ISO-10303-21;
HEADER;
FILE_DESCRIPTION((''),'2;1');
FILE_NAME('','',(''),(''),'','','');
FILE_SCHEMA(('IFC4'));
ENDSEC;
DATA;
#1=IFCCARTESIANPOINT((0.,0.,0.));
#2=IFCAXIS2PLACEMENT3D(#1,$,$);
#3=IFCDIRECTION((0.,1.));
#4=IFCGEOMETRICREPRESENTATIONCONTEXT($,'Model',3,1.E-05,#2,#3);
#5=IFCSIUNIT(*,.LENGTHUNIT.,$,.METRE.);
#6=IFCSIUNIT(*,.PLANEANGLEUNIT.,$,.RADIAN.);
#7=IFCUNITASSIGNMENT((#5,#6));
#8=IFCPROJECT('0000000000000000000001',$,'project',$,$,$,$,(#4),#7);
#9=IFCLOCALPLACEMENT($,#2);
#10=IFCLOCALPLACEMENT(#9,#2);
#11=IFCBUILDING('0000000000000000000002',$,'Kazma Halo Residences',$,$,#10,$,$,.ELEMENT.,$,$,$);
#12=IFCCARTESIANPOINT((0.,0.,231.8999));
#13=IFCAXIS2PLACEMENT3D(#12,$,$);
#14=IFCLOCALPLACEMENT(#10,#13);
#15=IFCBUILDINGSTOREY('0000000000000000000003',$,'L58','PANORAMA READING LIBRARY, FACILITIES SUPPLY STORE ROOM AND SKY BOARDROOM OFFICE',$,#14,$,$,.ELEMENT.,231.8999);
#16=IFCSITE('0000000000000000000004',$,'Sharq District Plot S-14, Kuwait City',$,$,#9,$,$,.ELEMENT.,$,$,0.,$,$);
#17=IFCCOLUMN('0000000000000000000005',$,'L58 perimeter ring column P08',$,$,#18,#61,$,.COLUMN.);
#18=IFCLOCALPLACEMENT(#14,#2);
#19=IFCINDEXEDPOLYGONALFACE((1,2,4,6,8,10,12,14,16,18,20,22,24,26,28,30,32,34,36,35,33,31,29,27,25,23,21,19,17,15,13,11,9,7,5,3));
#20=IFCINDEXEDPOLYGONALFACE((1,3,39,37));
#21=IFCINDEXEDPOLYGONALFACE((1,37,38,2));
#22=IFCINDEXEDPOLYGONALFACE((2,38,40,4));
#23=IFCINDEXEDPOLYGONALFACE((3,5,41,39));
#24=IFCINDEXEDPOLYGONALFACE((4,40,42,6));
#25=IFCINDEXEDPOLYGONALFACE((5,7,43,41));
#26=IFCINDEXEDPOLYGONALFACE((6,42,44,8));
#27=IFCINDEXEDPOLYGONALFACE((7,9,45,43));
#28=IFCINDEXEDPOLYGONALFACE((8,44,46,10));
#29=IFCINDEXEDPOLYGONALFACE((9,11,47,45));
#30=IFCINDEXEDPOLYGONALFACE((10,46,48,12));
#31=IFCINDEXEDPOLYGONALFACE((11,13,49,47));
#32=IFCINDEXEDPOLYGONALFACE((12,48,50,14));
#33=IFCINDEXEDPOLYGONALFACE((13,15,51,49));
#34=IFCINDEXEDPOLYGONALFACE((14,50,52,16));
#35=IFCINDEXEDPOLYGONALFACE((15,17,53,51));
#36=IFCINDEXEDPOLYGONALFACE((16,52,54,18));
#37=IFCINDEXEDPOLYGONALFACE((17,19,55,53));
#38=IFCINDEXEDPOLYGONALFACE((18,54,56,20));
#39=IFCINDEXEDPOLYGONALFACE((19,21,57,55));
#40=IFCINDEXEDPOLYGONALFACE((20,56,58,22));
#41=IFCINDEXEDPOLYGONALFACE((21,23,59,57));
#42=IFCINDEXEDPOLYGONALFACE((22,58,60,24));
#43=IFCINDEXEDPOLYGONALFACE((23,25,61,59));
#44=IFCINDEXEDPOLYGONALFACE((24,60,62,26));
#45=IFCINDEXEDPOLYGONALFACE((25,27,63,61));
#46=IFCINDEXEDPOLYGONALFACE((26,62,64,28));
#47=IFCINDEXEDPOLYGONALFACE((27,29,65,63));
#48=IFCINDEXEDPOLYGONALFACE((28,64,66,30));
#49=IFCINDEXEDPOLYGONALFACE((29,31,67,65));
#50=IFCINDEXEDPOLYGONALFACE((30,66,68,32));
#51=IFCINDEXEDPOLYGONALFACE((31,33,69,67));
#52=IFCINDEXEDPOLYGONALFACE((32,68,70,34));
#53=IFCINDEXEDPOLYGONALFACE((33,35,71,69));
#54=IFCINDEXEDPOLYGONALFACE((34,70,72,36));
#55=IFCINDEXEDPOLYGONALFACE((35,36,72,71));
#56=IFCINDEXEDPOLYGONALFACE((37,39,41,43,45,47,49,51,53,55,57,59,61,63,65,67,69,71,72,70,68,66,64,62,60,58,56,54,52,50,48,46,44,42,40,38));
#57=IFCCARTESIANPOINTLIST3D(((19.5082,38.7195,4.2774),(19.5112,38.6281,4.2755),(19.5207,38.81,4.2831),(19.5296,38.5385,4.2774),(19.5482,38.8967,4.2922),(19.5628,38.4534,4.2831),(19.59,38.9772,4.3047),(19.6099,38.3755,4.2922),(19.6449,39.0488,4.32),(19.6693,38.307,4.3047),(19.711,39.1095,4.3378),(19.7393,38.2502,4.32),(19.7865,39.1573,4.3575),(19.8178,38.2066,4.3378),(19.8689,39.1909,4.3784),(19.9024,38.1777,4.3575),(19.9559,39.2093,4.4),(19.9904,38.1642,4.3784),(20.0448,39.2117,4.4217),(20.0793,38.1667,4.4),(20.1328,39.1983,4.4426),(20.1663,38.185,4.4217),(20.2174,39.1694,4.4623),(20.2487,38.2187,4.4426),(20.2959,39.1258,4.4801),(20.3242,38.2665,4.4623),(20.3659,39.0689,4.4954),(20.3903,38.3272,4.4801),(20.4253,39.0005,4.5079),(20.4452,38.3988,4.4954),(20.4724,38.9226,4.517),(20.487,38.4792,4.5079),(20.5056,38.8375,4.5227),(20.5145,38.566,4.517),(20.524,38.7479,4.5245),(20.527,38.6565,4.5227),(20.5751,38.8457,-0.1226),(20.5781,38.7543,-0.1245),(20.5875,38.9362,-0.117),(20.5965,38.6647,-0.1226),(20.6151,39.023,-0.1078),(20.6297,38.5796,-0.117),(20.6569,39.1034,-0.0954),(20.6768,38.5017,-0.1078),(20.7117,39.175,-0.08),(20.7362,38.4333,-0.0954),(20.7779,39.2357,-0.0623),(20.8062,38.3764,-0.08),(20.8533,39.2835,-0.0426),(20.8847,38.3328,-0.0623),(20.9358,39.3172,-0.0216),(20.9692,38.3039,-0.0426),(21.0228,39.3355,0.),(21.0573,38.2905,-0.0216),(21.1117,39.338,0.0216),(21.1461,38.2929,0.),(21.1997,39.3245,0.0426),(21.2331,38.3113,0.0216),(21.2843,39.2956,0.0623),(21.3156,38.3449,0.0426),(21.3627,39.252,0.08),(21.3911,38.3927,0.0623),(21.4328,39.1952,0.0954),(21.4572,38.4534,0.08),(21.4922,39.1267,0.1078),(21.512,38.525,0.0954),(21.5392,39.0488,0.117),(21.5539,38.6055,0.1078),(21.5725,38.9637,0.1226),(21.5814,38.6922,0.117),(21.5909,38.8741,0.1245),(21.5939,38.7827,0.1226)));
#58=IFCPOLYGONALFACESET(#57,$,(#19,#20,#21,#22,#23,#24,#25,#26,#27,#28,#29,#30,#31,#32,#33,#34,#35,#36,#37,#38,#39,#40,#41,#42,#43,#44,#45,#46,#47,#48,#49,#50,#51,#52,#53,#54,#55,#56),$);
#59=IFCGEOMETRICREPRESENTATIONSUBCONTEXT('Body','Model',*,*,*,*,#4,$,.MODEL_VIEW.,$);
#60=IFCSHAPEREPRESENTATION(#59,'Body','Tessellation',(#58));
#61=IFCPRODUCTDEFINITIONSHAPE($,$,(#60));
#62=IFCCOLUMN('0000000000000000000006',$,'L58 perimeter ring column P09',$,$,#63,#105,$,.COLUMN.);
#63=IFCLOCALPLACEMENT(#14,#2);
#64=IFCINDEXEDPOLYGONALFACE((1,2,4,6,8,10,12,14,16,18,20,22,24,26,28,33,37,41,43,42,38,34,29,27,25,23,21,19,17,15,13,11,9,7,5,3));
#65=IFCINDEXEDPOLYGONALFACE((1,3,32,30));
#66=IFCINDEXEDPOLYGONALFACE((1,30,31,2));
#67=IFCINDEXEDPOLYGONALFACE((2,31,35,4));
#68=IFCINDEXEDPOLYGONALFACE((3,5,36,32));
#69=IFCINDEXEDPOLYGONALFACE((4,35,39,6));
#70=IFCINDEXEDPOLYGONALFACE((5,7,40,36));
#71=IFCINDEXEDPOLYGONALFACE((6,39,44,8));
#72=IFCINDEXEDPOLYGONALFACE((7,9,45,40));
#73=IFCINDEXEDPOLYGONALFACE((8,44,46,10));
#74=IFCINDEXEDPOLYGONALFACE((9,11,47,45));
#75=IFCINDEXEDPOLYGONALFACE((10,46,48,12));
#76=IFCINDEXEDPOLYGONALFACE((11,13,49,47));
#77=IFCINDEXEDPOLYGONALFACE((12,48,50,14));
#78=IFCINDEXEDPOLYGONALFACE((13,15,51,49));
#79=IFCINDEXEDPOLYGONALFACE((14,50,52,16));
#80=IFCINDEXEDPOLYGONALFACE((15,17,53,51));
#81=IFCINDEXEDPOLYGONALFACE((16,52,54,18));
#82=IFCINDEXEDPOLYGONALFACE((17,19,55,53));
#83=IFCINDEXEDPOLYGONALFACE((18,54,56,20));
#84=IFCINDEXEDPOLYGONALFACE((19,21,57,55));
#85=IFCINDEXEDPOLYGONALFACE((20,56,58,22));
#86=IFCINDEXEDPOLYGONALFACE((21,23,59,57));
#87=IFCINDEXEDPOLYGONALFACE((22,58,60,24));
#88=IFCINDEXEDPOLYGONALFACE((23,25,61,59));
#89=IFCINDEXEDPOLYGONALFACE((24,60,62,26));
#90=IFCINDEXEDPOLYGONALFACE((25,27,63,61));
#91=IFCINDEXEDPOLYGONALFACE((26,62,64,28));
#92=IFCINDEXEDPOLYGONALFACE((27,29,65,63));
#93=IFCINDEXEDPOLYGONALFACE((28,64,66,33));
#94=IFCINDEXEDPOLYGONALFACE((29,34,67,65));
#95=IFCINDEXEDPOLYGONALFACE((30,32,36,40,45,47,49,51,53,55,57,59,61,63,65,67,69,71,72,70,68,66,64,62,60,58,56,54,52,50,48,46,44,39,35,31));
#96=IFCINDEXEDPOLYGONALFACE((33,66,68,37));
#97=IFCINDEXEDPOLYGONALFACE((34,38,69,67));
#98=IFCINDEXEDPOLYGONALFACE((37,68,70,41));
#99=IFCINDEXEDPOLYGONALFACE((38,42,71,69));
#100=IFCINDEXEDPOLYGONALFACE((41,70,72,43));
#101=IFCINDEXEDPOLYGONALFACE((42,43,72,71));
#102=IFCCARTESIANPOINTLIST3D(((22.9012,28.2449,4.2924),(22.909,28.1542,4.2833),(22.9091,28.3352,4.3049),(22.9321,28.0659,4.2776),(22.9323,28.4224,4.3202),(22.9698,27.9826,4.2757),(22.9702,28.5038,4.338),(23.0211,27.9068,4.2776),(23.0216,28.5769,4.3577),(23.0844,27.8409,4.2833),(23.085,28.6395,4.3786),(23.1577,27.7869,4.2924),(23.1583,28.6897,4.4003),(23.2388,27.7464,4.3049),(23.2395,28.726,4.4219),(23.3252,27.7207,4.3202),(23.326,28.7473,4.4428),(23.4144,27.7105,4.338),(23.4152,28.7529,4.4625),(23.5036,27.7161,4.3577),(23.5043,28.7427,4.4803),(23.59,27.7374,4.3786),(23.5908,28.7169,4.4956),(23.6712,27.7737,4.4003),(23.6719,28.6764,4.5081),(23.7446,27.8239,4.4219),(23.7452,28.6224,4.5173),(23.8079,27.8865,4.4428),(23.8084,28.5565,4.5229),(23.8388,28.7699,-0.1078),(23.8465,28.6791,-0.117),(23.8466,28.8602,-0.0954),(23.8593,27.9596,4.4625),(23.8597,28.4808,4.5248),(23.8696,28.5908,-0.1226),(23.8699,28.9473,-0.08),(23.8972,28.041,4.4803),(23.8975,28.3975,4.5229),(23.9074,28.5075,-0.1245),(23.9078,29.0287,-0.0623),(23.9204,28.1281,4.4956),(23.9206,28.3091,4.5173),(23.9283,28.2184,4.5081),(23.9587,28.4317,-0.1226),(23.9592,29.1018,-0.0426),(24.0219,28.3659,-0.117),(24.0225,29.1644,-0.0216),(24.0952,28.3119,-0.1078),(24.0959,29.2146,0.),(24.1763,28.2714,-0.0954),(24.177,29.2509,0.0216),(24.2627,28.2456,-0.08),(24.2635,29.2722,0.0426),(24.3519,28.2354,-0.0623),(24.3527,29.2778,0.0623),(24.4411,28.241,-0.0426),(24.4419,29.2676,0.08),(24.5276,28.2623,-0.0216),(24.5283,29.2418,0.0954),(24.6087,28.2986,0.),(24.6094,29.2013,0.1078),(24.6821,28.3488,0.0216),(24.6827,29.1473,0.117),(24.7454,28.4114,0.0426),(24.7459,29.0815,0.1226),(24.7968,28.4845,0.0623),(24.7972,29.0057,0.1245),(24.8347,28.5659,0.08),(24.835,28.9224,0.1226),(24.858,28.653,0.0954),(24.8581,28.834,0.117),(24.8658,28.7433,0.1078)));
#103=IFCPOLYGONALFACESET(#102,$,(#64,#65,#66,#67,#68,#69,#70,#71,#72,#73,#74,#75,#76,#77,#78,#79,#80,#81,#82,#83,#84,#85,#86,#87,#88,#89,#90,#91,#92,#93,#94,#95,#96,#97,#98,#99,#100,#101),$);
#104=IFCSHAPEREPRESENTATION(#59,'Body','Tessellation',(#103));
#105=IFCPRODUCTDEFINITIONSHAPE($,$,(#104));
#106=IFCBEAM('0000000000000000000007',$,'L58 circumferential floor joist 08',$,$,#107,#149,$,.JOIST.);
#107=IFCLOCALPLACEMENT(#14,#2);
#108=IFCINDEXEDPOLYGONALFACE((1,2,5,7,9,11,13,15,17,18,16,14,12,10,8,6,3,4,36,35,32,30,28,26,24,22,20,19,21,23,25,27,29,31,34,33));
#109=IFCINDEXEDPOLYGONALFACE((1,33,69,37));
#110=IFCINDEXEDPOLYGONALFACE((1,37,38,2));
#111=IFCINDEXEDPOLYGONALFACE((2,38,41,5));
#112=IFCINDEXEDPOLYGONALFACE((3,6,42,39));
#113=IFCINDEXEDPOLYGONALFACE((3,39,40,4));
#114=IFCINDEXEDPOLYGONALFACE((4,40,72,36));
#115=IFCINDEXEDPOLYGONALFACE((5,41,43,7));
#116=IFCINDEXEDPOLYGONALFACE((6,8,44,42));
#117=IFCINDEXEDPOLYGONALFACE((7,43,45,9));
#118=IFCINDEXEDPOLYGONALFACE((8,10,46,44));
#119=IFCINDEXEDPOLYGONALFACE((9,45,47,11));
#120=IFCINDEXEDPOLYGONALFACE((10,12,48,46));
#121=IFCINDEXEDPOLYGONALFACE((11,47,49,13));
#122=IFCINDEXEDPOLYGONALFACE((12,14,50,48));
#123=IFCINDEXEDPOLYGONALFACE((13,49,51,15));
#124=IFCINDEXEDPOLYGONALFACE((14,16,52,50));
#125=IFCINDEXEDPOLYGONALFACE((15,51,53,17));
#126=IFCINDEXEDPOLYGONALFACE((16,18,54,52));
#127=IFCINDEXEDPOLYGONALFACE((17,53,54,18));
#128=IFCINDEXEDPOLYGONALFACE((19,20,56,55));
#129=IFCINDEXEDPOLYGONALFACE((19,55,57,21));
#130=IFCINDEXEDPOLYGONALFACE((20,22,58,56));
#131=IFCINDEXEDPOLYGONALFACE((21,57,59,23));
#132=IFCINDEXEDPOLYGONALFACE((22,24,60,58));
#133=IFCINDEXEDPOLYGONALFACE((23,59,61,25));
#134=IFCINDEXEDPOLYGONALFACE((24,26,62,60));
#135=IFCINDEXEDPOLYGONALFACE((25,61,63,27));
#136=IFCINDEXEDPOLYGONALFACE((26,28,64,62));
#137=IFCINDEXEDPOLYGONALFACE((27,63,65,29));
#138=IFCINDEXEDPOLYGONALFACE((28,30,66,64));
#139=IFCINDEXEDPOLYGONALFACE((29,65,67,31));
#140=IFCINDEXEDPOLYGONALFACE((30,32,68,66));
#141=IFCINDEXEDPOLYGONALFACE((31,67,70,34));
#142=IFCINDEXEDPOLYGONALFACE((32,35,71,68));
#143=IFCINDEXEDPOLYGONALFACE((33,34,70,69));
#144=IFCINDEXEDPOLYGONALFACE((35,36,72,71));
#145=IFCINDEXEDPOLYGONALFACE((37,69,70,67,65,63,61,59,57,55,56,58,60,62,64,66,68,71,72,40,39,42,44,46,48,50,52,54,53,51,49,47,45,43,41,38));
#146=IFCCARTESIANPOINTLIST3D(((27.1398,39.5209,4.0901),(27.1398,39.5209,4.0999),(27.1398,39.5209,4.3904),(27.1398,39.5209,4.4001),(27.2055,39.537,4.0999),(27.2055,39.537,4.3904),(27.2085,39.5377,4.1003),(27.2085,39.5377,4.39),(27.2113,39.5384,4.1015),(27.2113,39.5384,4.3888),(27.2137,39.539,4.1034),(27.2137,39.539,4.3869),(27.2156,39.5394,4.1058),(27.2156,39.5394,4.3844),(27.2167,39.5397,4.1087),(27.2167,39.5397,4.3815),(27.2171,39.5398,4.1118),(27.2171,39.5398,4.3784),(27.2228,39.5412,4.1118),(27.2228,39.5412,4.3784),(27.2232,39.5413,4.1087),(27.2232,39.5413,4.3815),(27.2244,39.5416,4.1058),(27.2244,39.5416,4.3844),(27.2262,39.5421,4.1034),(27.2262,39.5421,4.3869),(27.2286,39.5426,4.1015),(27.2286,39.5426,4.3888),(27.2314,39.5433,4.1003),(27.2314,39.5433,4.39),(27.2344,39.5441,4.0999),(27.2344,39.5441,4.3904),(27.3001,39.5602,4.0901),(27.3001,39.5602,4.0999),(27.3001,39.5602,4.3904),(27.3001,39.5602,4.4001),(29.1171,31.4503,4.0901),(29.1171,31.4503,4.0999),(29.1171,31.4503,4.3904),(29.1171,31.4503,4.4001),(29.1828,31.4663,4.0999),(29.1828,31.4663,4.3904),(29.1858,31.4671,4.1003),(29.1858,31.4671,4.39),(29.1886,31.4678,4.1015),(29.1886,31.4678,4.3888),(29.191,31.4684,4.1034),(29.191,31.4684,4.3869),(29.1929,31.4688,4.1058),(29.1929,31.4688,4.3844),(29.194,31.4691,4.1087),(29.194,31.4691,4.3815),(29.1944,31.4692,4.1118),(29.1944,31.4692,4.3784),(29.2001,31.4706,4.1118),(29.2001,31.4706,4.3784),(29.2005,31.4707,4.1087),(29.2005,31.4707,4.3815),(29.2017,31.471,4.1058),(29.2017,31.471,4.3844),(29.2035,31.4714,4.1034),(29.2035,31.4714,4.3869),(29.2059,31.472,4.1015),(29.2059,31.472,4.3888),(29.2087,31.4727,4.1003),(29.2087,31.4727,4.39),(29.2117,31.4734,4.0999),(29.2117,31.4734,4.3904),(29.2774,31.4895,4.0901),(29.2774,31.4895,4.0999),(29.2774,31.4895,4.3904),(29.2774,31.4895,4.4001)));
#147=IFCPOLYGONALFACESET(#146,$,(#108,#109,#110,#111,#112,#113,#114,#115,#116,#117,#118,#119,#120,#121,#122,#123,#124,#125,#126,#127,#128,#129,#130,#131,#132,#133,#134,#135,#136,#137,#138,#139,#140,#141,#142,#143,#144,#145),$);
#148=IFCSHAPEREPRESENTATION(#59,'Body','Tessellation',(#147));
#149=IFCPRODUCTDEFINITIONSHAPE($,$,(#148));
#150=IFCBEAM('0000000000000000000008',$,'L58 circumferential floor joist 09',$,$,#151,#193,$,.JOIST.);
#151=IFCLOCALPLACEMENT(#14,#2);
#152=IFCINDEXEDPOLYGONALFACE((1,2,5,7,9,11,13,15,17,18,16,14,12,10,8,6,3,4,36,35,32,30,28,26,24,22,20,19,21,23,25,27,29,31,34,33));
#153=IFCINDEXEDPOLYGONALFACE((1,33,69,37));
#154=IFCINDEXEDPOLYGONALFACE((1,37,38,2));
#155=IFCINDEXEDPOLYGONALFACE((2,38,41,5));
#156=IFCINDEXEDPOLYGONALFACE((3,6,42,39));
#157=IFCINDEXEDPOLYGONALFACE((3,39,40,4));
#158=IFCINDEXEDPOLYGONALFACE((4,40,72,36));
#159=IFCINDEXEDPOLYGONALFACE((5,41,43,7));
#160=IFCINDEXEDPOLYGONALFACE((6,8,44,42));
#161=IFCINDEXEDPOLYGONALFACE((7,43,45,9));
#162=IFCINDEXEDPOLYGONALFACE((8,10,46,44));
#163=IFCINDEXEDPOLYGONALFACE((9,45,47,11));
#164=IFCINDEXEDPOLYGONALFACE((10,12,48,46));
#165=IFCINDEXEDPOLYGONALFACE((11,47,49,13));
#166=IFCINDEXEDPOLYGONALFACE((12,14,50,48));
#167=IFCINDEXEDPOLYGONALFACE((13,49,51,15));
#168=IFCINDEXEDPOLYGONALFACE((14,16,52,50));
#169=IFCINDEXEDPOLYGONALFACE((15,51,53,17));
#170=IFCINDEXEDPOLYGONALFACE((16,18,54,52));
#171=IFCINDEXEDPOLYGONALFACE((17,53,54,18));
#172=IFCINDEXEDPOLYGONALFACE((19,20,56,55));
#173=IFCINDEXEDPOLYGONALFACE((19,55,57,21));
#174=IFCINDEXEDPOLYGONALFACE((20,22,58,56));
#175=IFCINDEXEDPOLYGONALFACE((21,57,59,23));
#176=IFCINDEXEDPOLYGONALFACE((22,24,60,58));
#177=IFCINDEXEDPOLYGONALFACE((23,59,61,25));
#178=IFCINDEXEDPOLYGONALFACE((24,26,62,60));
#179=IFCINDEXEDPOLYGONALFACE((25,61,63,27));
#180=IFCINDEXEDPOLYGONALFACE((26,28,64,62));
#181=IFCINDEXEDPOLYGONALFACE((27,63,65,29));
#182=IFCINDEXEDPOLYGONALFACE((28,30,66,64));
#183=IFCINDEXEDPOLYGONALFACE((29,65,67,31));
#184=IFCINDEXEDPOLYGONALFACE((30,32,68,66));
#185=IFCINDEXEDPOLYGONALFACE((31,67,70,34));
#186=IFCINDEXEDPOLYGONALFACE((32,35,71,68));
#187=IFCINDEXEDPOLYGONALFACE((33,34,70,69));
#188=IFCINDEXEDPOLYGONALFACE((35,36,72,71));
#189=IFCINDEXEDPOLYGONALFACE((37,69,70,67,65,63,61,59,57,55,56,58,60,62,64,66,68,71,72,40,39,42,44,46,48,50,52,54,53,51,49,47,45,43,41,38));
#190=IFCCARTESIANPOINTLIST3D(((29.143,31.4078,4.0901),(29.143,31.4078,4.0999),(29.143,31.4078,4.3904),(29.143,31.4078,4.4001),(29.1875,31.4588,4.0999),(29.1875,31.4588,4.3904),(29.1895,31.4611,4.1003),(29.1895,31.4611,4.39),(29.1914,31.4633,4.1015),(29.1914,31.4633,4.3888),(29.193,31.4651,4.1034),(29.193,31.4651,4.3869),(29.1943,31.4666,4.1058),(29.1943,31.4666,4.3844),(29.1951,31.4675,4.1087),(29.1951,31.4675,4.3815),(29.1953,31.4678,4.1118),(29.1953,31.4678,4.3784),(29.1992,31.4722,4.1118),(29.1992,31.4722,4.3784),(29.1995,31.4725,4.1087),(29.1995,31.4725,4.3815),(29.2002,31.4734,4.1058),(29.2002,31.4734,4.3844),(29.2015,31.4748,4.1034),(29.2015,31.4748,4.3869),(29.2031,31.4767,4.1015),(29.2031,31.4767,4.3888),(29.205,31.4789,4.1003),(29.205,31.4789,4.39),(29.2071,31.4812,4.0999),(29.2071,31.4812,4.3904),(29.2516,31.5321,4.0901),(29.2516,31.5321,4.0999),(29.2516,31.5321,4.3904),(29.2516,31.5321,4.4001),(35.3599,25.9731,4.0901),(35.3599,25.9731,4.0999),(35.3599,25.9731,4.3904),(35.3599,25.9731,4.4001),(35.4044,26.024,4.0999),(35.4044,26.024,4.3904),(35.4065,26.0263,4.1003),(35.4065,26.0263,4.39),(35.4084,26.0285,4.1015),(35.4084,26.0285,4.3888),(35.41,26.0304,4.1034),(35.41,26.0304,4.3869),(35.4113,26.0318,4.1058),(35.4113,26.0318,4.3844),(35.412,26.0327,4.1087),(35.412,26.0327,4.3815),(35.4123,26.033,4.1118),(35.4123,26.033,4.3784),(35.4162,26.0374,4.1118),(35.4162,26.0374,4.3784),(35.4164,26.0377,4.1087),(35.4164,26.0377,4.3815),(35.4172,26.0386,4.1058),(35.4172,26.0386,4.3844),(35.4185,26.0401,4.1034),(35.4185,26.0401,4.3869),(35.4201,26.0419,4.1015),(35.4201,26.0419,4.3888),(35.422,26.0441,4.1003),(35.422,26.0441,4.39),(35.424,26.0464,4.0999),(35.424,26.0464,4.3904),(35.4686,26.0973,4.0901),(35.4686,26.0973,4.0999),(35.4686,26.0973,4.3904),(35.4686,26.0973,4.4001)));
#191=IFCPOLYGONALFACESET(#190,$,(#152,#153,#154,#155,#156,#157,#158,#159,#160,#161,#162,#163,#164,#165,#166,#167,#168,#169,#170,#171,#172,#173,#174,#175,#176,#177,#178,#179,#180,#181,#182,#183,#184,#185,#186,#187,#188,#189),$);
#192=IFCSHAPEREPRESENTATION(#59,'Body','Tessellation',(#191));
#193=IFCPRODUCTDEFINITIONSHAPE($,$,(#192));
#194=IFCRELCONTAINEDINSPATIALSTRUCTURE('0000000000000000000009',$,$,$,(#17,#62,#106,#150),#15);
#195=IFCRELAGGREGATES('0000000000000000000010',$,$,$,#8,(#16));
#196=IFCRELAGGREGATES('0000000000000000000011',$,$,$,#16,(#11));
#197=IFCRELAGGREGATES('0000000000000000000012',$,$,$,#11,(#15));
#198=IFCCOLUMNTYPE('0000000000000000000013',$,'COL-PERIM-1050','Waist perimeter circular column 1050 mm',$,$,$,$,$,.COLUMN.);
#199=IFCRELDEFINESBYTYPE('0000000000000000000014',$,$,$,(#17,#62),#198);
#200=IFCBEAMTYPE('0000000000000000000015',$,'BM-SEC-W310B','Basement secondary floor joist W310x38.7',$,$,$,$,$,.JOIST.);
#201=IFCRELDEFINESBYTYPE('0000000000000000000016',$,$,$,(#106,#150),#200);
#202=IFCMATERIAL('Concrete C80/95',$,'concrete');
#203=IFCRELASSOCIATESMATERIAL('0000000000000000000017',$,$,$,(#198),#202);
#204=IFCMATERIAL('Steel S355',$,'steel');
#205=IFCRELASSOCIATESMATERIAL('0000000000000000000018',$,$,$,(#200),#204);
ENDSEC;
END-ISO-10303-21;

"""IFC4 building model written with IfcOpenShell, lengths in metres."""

from ifc_helpers import new_model, si_unit, direction, frame, origin, origin_2d, place, context, subcontext, project, spatial, circle, i_section, extrude, material, material_profile, profile_set, type_object, element, save


model = new_model("IFC4")

# Units and contexts
model_context = context("Model", 3, precision=1e-05, world=origin(), true_north=direction((0.0, 1.0)))
body_context = subcontext(model_context, "Body", "Model", "MODEL_VIEW")
ifc_project = project(units=[si_unit("LENGTHUNIT", "METRE"), si_unit("PLANEANGLEUNIT", "RADIAN")], contexts=[model_context])

# Site, building, storey
site_placement = place(None, origin())
site = spatial("IfcSite", under=ifc_project, at=site_placement, Name="Sharq District Plot S-14, Kuwait City", CompositionType="ELEMENT", RefElevation=0.0)
building_placement = place(site_placement, origin())
building = spatial("IfcBuilding", under=site, at=building_placement, Name="Kazma Halo Residences", CompositionType="ELEMENT")
storey_placement = place(building_placement, frame((0.0, 0.0, 231.8999)))
storey = spatial("IfcBuildingStorey", under=building, at=storey_placement, Name="L58", Description="PANORAMA READING LIBRARY, FACILITIES SUPPLY STORE ROOM AND SKY BOARDROOM OFFICE", CompositionType="ELEMENT", Elevation=231.8999)

# Columns
ifc_material_1 = material(Name="Concrete C80/95", Category="concrete")
ifc_material_profile_1 = material_profile(ifc_material_1, circle(Radius=0.5249, at=origin_2d()), Name="CIRC1050")
ifc_profile_set_1 = profile_set([ifc_material_profile_1], Name="Concrete C80/95")
column_type = type_object("IfcColumnType", Name="COL-PERIM-1050", Description="Waist perimeter circular column 1050 mm", PredefinedType="COLUMN", material=ifc_profile_set_1)
column_1_placement = place(storey_placement, frame((21.0845, 38.8142, 0.0), z_axis=(-0.235549, -0.027867, 0.971463), x_axis=(0.117487, -0.993074, 0.0)))
element("IfcColumn", 1, at=column_1_placement, inside=storey, type_object=column_type, Name="L58 perimeter ring column P08", PredefinedType="COLUMN", context=body_context, shape_type="SweptSolid", body=[
    extrude(circle(Radius=0.5249, at=origin_2d()), origin(), (0.0, 0.0, 1.0), 4.5293),
])
column_2_placement = place(storey_placement, frame((24.3523, 28.7566, 0.0), z_axis=(-0.20698, -0.115887, 0.971457), x_axis=(0.488534, -0.872545, 0.0)))
element("IfcColumn", 2, at=column_2_placement, inside=storey, type_object=column_type, Name="L58 perimeter ring column P09", PredefinedType="COLUMN", context=body_context, shape_type="SweptSolid", body=[
    extrude(circle(Radius=0.5249, at=origin_2d()), origin(), (0.0, 0.0, 1.0), 4.5295),
])

# Beams
ifc_material_2 = material(Name="Steel S355", Category="steel")
ifc_material_profile_2 = material_profile(ifc_material_2, i_section(OverallWidth=0.165, OverallDepth=0.3101, WebThickness=0.0059, FlangeThickness=0.0098, FilletRadius=0.012, at=origin_2d()), Name="W310x38.7")
ifc_profile_set_2 = profile_set([ifc_material_profile_2], Name="Steel S355")
beam_type_1 = type_object("IfcBeamType", Name="BM-SEC-W310B", Description="Basement secondary floor joist W310x38.7", PredefinedType="JOIST", material=ifc_profile_set_2)
beam_1_placement = place(storey_placement, frame((27.22, 39.5405, 4.2451), z_axis=(0.237963, -0.971274, 0.0), x_axis=(0.971274, 0.237963, 0.0)))
element("IfcBeam", 3, at=beam_1_placement, inside=storey, type_object=beam_type_1, Name="L58 circumferential floor joist 08", PredefinedType="JOIST", context=body_context, shape_type="SweptSolid", body=[
    extrude(i_section(OverallWidth=0.165, OverallDepth=0.3101, WebThickness=0.0059, FlangeThickness=0.0098, FilletRadius=0.012, at=origin_2d()), origin(), (0.0, 0.0, 1.0), 8.3093),
])
beam_2_placement = place(storey_placement, frame((29.1973, 31.47, 4.2451), z_axis=(0.752882, -0.658155, 0.0), x_axis=(0.658155, 0.752882, 0.0)))
element("IfcBeam", 4, at=beam_2_placement, inside=storey, type_object=beam_type_1, Name="L58 circumferential floor joist 09", PredefinedType="JOIST", context=body_context, shape_type="SweptSolid", body=[
    extrude(i_section(OverallWidth=0.165, OverallDepth=0.3101, WebThickness=0.0059, FlangeThickness=0.0098, FilletRadius=0.012, at=origin_2d()), origin(), (0.0, 0.0, 1.0), 8.2576),
])

save(model, "model.ifc")
